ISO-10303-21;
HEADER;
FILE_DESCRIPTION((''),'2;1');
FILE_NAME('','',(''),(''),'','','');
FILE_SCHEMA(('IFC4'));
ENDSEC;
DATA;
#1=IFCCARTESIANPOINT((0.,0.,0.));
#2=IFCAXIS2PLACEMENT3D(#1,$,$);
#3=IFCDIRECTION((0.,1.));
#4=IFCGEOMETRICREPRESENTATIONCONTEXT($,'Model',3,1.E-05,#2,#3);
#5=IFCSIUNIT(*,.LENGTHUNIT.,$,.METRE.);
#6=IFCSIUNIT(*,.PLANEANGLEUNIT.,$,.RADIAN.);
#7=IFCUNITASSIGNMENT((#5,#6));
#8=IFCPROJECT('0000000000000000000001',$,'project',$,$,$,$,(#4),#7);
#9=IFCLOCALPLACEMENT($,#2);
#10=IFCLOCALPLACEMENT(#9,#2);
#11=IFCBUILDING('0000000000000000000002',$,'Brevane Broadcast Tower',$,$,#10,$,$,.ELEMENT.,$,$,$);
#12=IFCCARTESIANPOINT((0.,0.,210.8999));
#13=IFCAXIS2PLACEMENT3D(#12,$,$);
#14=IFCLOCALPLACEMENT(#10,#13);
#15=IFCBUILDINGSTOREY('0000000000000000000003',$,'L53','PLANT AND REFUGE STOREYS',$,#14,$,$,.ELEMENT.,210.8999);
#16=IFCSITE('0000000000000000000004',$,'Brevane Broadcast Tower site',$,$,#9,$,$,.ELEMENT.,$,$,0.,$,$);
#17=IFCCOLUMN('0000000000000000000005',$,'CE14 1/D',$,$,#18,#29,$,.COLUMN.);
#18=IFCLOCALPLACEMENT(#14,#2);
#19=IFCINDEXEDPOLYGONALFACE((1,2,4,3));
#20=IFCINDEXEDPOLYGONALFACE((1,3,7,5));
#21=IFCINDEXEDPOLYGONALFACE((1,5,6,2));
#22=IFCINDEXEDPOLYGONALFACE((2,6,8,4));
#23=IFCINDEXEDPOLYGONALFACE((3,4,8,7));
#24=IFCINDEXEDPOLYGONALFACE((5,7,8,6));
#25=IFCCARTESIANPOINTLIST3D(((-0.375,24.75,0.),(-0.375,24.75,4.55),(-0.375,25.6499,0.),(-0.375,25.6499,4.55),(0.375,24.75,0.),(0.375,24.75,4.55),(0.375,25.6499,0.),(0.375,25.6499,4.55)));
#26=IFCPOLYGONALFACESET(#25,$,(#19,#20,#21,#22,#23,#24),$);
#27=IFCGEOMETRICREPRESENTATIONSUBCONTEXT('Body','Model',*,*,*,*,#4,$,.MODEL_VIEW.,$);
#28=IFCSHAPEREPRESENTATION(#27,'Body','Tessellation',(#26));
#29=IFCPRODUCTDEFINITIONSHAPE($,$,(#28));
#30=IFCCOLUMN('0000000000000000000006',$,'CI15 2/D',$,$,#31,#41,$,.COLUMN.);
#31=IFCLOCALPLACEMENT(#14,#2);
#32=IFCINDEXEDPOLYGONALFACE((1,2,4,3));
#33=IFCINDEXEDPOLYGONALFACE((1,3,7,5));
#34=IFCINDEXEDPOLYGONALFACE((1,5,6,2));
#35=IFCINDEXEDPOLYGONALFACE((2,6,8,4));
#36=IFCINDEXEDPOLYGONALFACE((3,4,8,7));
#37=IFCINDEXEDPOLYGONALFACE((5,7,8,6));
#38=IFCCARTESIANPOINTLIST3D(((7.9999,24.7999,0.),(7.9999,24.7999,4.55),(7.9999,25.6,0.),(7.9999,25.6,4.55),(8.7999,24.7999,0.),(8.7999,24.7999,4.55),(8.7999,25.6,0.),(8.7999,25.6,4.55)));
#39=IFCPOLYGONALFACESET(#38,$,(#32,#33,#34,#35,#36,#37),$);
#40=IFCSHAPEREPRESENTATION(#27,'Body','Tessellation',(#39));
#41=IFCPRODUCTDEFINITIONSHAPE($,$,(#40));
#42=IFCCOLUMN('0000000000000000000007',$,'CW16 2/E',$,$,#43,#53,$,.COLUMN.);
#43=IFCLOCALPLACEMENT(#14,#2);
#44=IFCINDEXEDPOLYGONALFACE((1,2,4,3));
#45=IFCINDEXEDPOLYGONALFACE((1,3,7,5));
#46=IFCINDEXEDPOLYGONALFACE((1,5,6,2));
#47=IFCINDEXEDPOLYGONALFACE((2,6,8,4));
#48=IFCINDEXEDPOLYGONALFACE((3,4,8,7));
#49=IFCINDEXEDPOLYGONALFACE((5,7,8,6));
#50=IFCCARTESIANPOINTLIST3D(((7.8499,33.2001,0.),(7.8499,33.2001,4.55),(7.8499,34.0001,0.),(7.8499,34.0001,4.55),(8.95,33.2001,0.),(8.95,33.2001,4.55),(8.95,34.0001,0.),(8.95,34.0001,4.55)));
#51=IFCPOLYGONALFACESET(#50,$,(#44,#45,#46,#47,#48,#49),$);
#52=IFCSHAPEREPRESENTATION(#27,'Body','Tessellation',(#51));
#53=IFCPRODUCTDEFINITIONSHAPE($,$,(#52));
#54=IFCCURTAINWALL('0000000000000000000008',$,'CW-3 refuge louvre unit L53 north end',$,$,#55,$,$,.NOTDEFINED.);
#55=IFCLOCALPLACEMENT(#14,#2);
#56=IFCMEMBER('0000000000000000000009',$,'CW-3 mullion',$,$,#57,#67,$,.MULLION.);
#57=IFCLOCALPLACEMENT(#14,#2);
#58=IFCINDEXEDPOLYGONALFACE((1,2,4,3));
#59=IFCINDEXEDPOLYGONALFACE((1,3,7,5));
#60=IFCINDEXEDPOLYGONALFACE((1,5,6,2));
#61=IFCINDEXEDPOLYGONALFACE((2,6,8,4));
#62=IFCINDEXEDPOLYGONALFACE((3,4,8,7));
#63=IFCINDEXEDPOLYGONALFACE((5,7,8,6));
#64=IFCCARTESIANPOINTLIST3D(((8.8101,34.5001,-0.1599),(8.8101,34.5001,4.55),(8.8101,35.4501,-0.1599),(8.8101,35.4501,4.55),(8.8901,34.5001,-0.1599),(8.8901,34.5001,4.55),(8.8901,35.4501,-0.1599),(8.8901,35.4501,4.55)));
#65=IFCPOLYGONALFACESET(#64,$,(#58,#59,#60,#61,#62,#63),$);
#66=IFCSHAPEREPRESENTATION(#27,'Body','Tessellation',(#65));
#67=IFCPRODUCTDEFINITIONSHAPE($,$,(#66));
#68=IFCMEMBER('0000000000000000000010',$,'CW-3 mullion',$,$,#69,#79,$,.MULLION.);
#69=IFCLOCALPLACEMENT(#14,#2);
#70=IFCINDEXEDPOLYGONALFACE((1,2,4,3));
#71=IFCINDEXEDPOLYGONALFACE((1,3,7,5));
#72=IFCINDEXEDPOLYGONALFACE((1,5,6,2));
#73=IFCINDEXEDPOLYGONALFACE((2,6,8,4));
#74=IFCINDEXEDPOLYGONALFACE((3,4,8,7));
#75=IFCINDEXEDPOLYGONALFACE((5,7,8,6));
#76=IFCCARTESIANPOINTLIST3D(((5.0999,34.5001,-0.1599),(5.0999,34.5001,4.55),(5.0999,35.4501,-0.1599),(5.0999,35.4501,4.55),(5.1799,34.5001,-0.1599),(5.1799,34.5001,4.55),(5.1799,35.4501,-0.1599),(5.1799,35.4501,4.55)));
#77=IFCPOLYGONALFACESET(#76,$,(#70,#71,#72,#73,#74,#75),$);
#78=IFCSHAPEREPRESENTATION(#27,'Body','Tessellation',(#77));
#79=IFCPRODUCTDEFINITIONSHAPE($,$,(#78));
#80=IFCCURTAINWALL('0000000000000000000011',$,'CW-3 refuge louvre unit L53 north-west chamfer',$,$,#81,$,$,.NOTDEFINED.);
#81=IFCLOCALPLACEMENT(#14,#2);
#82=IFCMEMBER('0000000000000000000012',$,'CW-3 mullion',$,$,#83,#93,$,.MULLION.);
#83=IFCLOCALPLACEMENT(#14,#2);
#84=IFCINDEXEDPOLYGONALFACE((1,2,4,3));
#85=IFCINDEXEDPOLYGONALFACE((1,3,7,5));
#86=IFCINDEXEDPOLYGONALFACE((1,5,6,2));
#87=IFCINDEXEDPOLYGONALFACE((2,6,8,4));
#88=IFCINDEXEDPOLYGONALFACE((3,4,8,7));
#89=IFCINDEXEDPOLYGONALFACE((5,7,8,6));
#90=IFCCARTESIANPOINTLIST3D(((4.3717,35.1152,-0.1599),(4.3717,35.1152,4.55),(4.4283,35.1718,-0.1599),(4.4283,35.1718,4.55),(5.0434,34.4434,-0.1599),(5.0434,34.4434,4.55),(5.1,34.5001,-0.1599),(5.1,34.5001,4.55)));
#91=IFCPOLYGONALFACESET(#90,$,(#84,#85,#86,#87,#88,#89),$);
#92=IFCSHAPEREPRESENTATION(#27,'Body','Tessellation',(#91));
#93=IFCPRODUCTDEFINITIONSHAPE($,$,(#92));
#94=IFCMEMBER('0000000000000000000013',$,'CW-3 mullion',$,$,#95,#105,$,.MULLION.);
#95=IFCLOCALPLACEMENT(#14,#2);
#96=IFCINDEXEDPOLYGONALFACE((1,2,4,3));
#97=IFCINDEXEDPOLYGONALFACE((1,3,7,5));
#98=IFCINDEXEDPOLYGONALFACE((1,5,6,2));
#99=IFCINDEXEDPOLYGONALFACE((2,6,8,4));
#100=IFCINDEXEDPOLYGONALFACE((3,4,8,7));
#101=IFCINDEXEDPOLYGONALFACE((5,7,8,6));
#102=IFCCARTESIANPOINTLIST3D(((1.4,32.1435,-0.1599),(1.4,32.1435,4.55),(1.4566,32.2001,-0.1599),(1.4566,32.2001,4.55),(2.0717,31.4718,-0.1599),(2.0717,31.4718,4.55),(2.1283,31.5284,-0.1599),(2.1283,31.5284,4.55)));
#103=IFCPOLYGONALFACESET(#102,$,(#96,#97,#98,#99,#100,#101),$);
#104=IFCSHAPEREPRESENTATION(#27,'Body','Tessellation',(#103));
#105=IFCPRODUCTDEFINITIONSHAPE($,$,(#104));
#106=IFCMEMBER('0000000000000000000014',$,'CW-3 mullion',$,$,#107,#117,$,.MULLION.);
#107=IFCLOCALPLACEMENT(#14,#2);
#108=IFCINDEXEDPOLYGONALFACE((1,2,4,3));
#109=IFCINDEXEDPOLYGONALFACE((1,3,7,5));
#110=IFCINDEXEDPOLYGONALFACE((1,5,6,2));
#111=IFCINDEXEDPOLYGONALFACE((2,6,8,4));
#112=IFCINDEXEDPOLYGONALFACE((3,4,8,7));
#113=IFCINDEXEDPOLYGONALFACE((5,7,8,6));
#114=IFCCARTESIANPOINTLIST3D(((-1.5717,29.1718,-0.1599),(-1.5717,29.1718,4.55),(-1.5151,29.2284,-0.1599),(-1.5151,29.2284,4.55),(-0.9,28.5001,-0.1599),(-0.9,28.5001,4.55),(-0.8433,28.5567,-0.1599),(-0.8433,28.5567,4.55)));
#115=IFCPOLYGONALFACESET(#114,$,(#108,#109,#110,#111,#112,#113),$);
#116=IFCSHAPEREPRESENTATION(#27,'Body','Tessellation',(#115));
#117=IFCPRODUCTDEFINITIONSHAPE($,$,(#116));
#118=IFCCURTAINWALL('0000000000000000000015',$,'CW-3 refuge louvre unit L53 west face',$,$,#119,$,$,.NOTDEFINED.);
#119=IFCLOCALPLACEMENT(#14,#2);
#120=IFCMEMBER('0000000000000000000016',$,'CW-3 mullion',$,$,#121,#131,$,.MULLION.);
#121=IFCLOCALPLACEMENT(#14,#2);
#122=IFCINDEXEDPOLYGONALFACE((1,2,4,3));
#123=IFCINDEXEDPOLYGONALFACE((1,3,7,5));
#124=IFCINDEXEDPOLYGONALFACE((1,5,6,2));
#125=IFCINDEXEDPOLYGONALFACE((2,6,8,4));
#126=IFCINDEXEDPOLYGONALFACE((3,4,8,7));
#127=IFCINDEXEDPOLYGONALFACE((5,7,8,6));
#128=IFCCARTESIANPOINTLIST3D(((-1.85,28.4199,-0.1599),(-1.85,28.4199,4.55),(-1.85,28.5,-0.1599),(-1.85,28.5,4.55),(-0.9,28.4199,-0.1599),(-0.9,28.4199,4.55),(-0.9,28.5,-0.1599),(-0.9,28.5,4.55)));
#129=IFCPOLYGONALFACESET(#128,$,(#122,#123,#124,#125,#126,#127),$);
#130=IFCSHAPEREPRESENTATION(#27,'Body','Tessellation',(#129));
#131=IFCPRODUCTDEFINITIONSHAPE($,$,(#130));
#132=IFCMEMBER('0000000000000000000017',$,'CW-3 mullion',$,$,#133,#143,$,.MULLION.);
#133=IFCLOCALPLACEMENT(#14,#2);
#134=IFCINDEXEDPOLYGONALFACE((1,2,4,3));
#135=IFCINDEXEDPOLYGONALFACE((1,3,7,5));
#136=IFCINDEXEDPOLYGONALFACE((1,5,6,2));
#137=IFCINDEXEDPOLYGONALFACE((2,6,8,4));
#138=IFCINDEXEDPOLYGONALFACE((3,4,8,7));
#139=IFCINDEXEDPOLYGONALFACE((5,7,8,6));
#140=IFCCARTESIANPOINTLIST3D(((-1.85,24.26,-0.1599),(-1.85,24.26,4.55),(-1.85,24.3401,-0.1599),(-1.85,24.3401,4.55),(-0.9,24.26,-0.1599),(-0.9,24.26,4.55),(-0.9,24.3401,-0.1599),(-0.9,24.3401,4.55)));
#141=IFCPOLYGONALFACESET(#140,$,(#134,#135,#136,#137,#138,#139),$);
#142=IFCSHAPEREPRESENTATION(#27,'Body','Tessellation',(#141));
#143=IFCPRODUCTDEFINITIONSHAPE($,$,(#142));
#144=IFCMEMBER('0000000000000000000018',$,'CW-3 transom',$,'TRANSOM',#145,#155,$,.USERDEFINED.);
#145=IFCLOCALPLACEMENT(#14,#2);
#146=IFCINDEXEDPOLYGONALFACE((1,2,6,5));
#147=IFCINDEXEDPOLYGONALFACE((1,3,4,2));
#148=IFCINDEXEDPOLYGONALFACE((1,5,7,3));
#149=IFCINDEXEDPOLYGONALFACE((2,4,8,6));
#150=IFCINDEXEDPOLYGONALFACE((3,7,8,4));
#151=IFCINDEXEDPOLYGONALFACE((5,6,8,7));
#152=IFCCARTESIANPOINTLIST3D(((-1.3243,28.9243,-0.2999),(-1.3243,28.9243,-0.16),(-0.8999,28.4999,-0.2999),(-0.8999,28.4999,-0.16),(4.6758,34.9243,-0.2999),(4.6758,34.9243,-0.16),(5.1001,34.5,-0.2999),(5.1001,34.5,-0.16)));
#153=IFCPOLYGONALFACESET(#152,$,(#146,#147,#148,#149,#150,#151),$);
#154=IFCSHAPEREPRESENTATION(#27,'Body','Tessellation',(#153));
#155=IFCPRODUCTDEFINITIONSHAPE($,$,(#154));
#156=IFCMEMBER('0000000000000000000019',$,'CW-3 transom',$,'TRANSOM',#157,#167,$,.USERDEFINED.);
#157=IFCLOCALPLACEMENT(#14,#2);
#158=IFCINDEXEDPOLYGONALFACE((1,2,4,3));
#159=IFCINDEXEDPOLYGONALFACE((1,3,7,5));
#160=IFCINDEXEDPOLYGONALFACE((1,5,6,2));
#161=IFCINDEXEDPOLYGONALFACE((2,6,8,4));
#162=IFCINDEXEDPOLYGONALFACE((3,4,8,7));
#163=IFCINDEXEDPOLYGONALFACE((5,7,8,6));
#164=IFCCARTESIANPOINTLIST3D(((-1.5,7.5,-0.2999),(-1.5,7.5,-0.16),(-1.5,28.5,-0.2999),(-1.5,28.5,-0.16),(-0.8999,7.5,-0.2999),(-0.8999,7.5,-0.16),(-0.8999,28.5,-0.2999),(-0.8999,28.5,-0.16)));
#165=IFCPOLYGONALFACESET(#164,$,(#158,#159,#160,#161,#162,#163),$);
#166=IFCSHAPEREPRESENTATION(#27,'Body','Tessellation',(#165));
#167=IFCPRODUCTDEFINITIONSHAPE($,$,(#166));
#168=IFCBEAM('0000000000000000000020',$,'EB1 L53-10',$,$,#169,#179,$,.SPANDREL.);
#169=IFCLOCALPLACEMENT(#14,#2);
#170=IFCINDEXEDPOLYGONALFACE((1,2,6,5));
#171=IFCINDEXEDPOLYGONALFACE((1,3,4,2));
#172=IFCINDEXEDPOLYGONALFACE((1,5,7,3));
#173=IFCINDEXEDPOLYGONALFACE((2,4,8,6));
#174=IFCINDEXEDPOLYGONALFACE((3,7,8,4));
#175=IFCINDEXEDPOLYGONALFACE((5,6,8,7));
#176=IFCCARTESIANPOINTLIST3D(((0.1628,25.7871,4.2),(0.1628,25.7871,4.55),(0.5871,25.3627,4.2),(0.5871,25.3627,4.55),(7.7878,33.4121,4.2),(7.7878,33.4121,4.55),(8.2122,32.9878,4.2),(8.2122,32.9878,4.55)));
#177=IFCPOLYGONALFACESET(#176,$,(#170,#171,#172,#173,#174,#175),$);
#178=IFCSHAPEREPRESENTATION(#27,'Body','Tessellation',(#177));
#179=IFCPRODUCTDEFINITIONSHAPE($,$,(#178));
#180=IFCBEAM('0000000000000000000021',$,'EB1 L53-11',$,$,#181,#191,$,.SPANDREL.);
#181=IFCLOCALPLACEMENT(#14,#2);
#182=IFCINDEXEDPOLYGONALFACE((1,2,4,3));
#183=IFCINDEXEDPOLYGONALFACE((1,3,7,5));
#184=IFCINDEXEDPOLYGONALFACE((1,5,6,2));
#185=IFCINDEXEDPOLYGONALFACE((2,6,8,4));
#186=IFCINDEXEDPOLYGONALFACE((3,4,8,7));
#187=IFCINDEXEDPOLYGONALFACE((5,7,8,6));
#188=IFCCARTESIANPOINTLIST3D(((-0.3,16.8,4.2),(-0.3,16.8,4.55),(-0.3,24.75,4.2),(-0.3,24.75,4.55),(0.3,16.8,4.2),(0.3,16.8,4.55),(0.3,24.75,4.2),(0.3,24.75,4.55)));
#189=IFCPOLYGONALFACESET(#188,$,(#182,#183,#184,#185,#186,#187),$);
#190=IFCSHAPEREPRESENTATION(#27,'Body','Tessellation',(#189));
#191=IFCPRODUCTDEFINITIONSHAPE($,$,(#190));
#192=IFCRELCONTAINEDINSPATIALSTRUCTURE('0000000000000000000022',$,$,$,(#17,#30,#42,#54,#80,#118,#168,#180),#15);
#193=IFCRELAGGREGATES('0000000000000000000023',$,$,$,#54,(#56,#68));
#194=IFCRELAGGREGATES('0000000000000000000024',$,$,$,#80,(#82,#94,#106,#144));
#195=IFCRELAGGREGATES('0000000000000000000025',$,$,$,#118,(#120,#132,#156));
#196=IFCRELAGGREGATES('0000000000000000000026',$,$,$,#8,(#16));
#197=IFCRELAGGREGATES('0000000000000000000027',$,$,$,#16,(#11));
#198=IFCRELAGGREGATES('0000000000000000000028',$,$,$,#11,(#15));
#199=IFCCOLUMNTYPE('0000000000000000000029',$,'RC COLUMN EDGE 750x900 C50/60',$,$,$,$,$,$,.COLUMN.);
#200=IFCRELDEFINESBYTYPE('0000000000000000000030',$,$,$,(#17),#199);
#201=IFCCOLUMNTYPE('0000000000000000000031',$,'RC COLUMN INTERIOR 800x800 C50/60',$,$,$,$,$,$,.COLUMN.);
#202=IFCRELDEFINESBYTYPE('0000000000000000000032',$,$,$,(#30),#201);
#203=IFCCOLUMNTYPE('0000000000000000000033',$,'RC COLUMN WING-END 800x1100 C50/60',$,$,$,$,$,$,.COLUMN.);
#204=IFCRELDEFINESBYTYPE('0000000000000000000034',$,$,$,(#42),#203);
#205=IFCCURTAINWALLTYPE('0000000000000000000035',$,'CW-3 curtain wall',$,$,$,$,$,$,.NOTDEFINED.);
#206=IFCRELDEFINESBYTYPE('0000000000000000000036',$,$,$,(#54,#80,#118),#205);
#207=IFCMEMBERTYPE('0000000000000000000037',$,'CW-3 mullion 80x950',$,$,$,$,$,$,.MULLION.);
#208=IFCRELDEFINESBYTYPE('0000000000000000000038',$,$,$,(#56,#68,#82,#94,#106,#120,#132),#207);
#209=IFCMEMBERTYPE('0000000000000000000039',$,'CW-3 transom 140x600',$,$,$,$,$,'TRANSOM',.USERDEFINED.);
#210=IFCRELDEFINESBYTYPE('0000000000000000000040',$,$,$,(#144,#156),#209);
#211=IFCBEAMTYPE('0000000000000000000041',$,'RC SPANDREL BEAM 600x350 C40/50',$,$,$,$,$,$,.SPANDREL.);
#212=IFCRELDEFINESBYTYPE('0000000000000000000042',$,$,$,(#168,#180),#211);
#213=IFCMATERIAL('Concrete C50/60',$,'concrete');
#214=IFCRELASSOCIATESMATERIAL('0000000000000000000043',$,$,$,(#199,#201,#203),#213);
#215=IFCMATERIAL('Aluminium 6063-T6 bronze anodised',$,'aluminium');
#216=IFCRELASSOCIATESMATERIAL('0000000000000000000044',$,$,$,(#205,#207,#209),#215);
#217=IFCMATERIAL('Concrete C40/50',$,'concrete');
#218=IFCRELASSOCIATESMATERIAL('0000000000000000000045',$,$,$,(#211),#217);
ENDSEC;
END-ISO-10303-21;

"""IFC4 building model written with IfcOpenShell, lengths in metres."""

from ifc_helpers import new_model, si_unit, direction, frame, origin, origin_2d, place, context, subcontext, project, spatial, rectangle, extrude, material, material_profile, profile_set, type_object, element, aggregate, save


model = new_model("IFC4")

# Units and contexts
model_context = context("Model", 3, precision=1e-05, world=origin(), true_north=direction((0.0, 1.0)))
body_context = subcontext(model_context, "Body", "Model", "MODEL_VIEW")
ifc_project = project(units=[si_unit("LENGTHUNIT", "METRE"), si_unit("PLANEANGLEUNIT", "RADIAN")], contexts=[model_context])

# Site, building, storey
site_placement = place(None, origin())
site = spatial("IfcSite", under=ifc_project, at=site_placement, Name="Brevane Broadcast Tower site", CompositionType="ELEMENT", RefElevation=0.0)
building_placement = place(site_placement, origin())
building = spatial("IfcBuilding", under=site, at=building_placement, Name="Brevane Broadcast Tower", CompositionType="ELEMENT")
storey_placement = place(building_placement, frame((0.0, 0.0, 210.8999)))
storey = spatial("IfcBuildingStorey", under=building, at=storey_placement, Name="L53", Description="PLANT AND REFUGE STOREYS", CompositionType="ELEMENT", Elevation=210.8999)

# Columns
ifc_material_1 = material(Name="Concrete C50/60", Category="concrete")
ifc_material_profile_1 = material_profile(ifc_material_1, rectangle(XDim=0.75, YDim=0.8999, at=origin_2d()), Name="RC 750x900")
ifc_profile_set_1 = profile_set([ifc_material_profile_1], Name="Concrete C50/60")
column_type_1 = type_object("IfcColumnType", Name="RC COLUMN EDGE 750x900 C50/60", PredefinedType="COLUMN", material=ifc_profile_set_1)
column_1_placement = place(storey_placement, frame((0.0, 25.2, 0.0), z_axis=(0.0, 0.0, 1.0), x_axis=(1.0, 0.0, 0.0)))
element("IfcColumn", 1, at=column_1_placement, inside=storey, type_object=column_type_1, Name="CE14 1/D", PredefinedType="COLUMN", context=body_context, shape_type="SweptSolid", body=[
    extrude(rectangle(XDim=0.75, YDim=0.8999, at=origin_2d()), origin(), (0.0, 0.0, 1.0), 4.55),
])
ifc_material_profile_2 = material_profile(ifc_material_1, rectangle(XDim=0.8, YDim=0.8, at=origin_2d()), Name="RC 800x800")
ifc_profile_set_2 = profile_set([ifc_material_profile_2], Name="Concrete C50/60")
column_type_2 = type_object("IfcColumnType", Name="RC COLUMN INTERIOR 800x800 C50/60", PredefinedType="COLUMN", material=ifc_profile_set_2)
column_2_placement = place(storey_placement, frame((8.3999, 25.2, 0.0), z_axis=(0.0, 0.0, 1.0), x_axis=(1.0, 0.0, 0.0)))
element("IfcColumn", 2, at=column_2_placement, inside=storey, type_object=column_type_2, Name="CI15 2/D", PredefinedType="COLUMN", context=body_context, shape_type="SweptSolid", body=[
    extrude(rectangle(XDim=0.8, YDim=0.8, at=origin_2d()), origin(), (0.0, 0.0, 1.0), 4.55),
])
ifc_material_profile_3 = material_profile(ifc_material_1, rectangle(XDim=0.8, YDim=1.1001, at=origin_2d()), Name="RC 800x1100")
ifc_profile_set_3 = profile_set([ifc_material_profile_3], Name="Concrete C50/60")
column_type_3 = type_object("IfcColumnType", Name="RC COLUMN WING-END 800x1100 C50/60", PredefinedType="COLUMN", material=ifc_profile_set_3)
column_3_placement = place(storey_placement, frame((8.3999, 33.6001, 0.0), z_axis=(0.0, 0.0, 1.0), x_axis=(0.0, 1.0, 0.0)))
element("IfcColumn", 3, at=column_3_placement, inside=storey, type_object=column_type_3, Name="CW16 2/E", PredefinedType="COLUMN", context=body_context, shape_type="SweptSolid", body=[
    extrude(rectangle(XDim=0.8, YDim=1.1001, at=origin_2d()), origin(), (0.0, 0.0, 1.0), 4.55),
])

# Curtain walls, members
ifc_material_2 = material(Name="Aluminium 6063-T6 bronze anodised", Category="aluminium")
curtain_wall_type = type_object("IfcCurtainWallType", Name="CW-3 curtain wall", PredefinedType="NOTDEFINED", material=ifc_material_2)
curtain_wall_1_placement = place(storey_placement, origin())
curtain_wall_1 = element("IfcCurtainWall", 4, at=curtain_wall_1_placement, inside=storey, type_object=curtain_wall_type, Name="CW-3 refuge louvre unit L53 north end", PredefinedType="NOTDEFINED")
ifc_material_profile_4 = material_profile(ifc_material_2, rectangle(XDim=0.95, YDim=0.0801, at=origin_2d()), Name="RECT 80x950")
ifc_profile_set_4 = profile_set([ifc_material_profile_4], Name="Aluminium 6063-T6 bronze anodised")
member_type_1 = type_object("IfcMemberType", Name="CW-3 mullion 80x950", PredefinedType="MULLION", material=ifc_profile_set_4)
member_1_placement = place(storey_placement, frame((8.8501, 34.9751, -0.1599), z_axis=(0.0, 0.0, 1.0), x_axis=(0.0, -1.0, 0.0)))
member_1 = element("IfcMember", 5, at=member_1_placement, type_object=member_type_1, Name="CW-3 mullion", PredefinedType="MULLION", context=body_context, shape_type="SweptSolid", body=[
    extrude(rectangle(XDim=0.95, YDim=0.0801, at=origin_2d()), origin(), (0.0, 0.0, 1.0), 4.71),
])
member_2_placement = place(storey_placement, frame((5.1399, 34.9751, -0.1599), z_axis=(0.0, 0.0, 1.0), x_axis=(0.0, -1.0, 0.0)))
member_2 = element("IfcMember", 6, at=member_2_placement, type_object=member_type_1, Name="CW-3 mullion", PredefinedType="MULLION", context=body_context, shape_type="SweptSolid", body=[
    extrude(rectangle(XDim=0.95, YDim=0.0801, at=origin_2d()), origin(), (0.0, 0.0, 1.0), 4.71),
])
aggregate(curtain_wall_1, [member_1, member_2])
curtain_wall_2_placement = place(storey_placement, origin())
curtain_wall_2 = element("IfcCurtainWall", 7, at=curtain_wall_2_placement, inside=storey, type_object=curtain_wall_type, Name="CW-3 refuge louvre unit L53 north-west chamfer", PredefinedType="NOTDEFINED")
member_3_placement = place(storey_placement, frame((4.7358, 34.8076, -0.1599), z_axis=(0.0, 0.0, 1.0), x_axis=(0.707107, -0.707107, 0.0)))
member_3 = element("IfcMember", 8, at=member_3_placement, type_object=member_type_1, Name="CW-3 mullion", PredefinedType="MULLION", context=body_context, shape_type="SweptSolid", body=[
    extrude(rectangle(XDim=0.95, YDim=0.0801, at=origin_2d()), origin(), (0.0, 0.0, 1.0), 4.71),
])
member_4_placement = place(storey_placement, frame((1.7642, 31.8359, -0.1599), z_axis=(0.0, 0.0, 1.0), x_axis=(0.707107, -0.707107, 0.0)))
member_4 = element("IfcMember", 9, at=member_4_placement, type_object=member_type_1, Name="CW-3 mullion", PredefinedType="MULLION", context=body_context, shape_type="SweptSolid", body=[
    extrude(rectangle(XDim=0.95, YDim=0.0801, at=origin_2d()), origin(), (0.0, 0.0, 1.0), 4.71),
])
member_5_placement = place(storey_placement, frame((-1.2075, 28.8643, -0.1599), z_axis=(0.0, 0.0, 1.0), x_axis=(0.707107, -0.707107, 0.0)))
member_5 = element("IfcMember", 10, at=member_5_placement, type_object=member_type_1, Name="CW-3 mullion", PredefinedType="MULLION", context=body_context, shape_type="SweptSolid", body=[
    extrude(rectangle(XDim=0.95, YDim=0.0801, at=origin_2d()), origin(), (0.0, 0.0, 1.0), 4.71),
])
curtain_wall_3_placement = place(storey_placement, origin())
curtain_wall_3 = element("IfcCurtainWall", 11, at=curtain_wall_3_placement, inside=storey, type_object=curtain_wall_type, Name="CW-3 refuge louvre unit L53 west face", PredefinedType="NOTDEFINED")
member_6_placement = place(storey_placement, frame((-1.375, 28.46, -0.1599), z_axis=(0.0, 0.0, 1.0), x_axis=(1.0, 0.0, 0.0)))
member_6 = element("IfcMember", 12, at=member_6_placement, type_object=member_type_1, Name="CW-3 mullion", PredefinedType="MULLION", context=body_context, shape_type="SweptSolid", body=[
    extrude(rectangle(XDim=0.95, YDim=0.0801, at=origin_2d()), origin(), (0.0, 0.0, 1.0), 4.71),
])
member_7_placement = place(storey_placement, frame((-1.375, 24.3, -0.1599), z_axis=(0.0, 0.0, 1.0), x_axis=(1.0, 0.0, 0.0)))
member_7 = element("IfcMember", 13, at=member_7_placement, type_object=member_type_1, Name="CW-3 mullion", PredefinedType="MULLION", context=body_context, shape_type="SweptSolid", body=[
    extrude(rectangle(XDim=0.95, YDim=0.0801, at=origin_2d()), origin(), (0.0, 0.0, 1.0), 4.71),
])

# Members
ifc_material_profile_5 = material_profile(ifc_material_2, rectangle(XDim=0.6001, YDim=0.1399, at=origin_2d()), Name="RECT 140x600")
ifc_profile_set_5 = profile_set([ifc_material_profile_5], Name="Aluminium 6063-T6 bronze anodised")
member_type_2 = type_object("IfcMemberType", Name="CW-3 transom 140x600", ElementType="TRANSOM", PredefinedType="USERDEFINED", material=ifc_profile_set_5)
member_8_placement = place(storey_placement, frame((4.8879, 34.7122, -0.23), z_axis=(-0.707107, -0.707107, 0.0), x_axis=(0.707107, -0.707107, 0.0)))
member_8 = element("IfcMember", 14, at=member_8_placement, type_object=member_type_2, Name="CW-3 transom", ObjectType="TRANSOM", PredefinedType="USERDEFINED", context=body_context, shape_type="SweptSolid", body=[
    extrude(rectangle(XDim=0.6001, YDim=0.1399, at=origin_2d()), origin(), (0.0, 0.0, 1.0), 8.4854),
])
aggregate(curtain_wall_2, [member_3, member_4, member_5, member_8])
member_9_placement = place(storey_placement, frame((-1.2, 28.5, -0.23), z_axis=(0.0, -1.0, 0.0), x_axis=(1.0, 0.0, 0.0)))
member_9 = element("IfcMember", 15, at=member_9_placement, type_object=member_type_2, Name="CW-3 transom", ObjectType="TRANSOM", PredefinedType="USERDEFINED", context=body_context, shape_type="SweptSolid", body=[
    extrude(rectangle(XDim=0.6001, YDim=0.1399, at=origin_2d()), origin(), (0.0, 0.0, 1.0), 21.0),
])
aggregate(curtain_wall_3, [member_6, member_7, member_9])

# Beams
ifc_material_3 = material(Name="Concrete C40/50", Category="concrete")
ifc_material_profile_6 = material_profile(ifc_material_3, rectangle(XDim=0.6001, YDim=0.3501, at=origin_2d()), Name="RC 600x350")
ifc_profile_set_6 = profile_set([ifc_material_profile_6], Name="Concrete C40/50")
beam_type = type_object("IfcBeamType", Name="RC SPANDREL BEAM 600x350 C40/50", PredefinedType="SPANDREL", material=ifc_profile_set_6)
beam_1_placement = place(storey_placement, frame((8.0, 33.2, 4.375), z_axis=(-0.707107, -0.707107, 0.0), x_axis=(0.707107, -0.707107, 0.0)))
element("IfcBeam", 16, at=beam_1_placement, inside=storey, type_object=beam_type, Name="EB1 L53-10", PredefinedType="SPANDREL", context=body_context, shape_type="SweptSolid", body=[
    extrude(rectangle(XDim=0.6001, YDim=0.3501, at=origin_2d()), origin(), (0.0, 0.0, 1.0), 10.7834),
])
beam_2_placement = place(storey_placement, frame((0.0, 24.75, 4.375), z_axis=(0.0, -1.0, 0.0), x_axis=(1.0, 0.0, 0.0)))
element("IfcBeam", 17, at=beam_2_placement, inside=storey, type_object=beam_type, Name="EB1 L53-11", PredefinedType="SPANDREL", context=body_context, shape_type="SweptSolid", body=[
    extrude(rectangle(XDim=0.6001, YDim=0.3501, at=origin_2d()), origin(), (0.0, 0.0, 1.0), 7.95),
])

save(model, "model.ifc")
